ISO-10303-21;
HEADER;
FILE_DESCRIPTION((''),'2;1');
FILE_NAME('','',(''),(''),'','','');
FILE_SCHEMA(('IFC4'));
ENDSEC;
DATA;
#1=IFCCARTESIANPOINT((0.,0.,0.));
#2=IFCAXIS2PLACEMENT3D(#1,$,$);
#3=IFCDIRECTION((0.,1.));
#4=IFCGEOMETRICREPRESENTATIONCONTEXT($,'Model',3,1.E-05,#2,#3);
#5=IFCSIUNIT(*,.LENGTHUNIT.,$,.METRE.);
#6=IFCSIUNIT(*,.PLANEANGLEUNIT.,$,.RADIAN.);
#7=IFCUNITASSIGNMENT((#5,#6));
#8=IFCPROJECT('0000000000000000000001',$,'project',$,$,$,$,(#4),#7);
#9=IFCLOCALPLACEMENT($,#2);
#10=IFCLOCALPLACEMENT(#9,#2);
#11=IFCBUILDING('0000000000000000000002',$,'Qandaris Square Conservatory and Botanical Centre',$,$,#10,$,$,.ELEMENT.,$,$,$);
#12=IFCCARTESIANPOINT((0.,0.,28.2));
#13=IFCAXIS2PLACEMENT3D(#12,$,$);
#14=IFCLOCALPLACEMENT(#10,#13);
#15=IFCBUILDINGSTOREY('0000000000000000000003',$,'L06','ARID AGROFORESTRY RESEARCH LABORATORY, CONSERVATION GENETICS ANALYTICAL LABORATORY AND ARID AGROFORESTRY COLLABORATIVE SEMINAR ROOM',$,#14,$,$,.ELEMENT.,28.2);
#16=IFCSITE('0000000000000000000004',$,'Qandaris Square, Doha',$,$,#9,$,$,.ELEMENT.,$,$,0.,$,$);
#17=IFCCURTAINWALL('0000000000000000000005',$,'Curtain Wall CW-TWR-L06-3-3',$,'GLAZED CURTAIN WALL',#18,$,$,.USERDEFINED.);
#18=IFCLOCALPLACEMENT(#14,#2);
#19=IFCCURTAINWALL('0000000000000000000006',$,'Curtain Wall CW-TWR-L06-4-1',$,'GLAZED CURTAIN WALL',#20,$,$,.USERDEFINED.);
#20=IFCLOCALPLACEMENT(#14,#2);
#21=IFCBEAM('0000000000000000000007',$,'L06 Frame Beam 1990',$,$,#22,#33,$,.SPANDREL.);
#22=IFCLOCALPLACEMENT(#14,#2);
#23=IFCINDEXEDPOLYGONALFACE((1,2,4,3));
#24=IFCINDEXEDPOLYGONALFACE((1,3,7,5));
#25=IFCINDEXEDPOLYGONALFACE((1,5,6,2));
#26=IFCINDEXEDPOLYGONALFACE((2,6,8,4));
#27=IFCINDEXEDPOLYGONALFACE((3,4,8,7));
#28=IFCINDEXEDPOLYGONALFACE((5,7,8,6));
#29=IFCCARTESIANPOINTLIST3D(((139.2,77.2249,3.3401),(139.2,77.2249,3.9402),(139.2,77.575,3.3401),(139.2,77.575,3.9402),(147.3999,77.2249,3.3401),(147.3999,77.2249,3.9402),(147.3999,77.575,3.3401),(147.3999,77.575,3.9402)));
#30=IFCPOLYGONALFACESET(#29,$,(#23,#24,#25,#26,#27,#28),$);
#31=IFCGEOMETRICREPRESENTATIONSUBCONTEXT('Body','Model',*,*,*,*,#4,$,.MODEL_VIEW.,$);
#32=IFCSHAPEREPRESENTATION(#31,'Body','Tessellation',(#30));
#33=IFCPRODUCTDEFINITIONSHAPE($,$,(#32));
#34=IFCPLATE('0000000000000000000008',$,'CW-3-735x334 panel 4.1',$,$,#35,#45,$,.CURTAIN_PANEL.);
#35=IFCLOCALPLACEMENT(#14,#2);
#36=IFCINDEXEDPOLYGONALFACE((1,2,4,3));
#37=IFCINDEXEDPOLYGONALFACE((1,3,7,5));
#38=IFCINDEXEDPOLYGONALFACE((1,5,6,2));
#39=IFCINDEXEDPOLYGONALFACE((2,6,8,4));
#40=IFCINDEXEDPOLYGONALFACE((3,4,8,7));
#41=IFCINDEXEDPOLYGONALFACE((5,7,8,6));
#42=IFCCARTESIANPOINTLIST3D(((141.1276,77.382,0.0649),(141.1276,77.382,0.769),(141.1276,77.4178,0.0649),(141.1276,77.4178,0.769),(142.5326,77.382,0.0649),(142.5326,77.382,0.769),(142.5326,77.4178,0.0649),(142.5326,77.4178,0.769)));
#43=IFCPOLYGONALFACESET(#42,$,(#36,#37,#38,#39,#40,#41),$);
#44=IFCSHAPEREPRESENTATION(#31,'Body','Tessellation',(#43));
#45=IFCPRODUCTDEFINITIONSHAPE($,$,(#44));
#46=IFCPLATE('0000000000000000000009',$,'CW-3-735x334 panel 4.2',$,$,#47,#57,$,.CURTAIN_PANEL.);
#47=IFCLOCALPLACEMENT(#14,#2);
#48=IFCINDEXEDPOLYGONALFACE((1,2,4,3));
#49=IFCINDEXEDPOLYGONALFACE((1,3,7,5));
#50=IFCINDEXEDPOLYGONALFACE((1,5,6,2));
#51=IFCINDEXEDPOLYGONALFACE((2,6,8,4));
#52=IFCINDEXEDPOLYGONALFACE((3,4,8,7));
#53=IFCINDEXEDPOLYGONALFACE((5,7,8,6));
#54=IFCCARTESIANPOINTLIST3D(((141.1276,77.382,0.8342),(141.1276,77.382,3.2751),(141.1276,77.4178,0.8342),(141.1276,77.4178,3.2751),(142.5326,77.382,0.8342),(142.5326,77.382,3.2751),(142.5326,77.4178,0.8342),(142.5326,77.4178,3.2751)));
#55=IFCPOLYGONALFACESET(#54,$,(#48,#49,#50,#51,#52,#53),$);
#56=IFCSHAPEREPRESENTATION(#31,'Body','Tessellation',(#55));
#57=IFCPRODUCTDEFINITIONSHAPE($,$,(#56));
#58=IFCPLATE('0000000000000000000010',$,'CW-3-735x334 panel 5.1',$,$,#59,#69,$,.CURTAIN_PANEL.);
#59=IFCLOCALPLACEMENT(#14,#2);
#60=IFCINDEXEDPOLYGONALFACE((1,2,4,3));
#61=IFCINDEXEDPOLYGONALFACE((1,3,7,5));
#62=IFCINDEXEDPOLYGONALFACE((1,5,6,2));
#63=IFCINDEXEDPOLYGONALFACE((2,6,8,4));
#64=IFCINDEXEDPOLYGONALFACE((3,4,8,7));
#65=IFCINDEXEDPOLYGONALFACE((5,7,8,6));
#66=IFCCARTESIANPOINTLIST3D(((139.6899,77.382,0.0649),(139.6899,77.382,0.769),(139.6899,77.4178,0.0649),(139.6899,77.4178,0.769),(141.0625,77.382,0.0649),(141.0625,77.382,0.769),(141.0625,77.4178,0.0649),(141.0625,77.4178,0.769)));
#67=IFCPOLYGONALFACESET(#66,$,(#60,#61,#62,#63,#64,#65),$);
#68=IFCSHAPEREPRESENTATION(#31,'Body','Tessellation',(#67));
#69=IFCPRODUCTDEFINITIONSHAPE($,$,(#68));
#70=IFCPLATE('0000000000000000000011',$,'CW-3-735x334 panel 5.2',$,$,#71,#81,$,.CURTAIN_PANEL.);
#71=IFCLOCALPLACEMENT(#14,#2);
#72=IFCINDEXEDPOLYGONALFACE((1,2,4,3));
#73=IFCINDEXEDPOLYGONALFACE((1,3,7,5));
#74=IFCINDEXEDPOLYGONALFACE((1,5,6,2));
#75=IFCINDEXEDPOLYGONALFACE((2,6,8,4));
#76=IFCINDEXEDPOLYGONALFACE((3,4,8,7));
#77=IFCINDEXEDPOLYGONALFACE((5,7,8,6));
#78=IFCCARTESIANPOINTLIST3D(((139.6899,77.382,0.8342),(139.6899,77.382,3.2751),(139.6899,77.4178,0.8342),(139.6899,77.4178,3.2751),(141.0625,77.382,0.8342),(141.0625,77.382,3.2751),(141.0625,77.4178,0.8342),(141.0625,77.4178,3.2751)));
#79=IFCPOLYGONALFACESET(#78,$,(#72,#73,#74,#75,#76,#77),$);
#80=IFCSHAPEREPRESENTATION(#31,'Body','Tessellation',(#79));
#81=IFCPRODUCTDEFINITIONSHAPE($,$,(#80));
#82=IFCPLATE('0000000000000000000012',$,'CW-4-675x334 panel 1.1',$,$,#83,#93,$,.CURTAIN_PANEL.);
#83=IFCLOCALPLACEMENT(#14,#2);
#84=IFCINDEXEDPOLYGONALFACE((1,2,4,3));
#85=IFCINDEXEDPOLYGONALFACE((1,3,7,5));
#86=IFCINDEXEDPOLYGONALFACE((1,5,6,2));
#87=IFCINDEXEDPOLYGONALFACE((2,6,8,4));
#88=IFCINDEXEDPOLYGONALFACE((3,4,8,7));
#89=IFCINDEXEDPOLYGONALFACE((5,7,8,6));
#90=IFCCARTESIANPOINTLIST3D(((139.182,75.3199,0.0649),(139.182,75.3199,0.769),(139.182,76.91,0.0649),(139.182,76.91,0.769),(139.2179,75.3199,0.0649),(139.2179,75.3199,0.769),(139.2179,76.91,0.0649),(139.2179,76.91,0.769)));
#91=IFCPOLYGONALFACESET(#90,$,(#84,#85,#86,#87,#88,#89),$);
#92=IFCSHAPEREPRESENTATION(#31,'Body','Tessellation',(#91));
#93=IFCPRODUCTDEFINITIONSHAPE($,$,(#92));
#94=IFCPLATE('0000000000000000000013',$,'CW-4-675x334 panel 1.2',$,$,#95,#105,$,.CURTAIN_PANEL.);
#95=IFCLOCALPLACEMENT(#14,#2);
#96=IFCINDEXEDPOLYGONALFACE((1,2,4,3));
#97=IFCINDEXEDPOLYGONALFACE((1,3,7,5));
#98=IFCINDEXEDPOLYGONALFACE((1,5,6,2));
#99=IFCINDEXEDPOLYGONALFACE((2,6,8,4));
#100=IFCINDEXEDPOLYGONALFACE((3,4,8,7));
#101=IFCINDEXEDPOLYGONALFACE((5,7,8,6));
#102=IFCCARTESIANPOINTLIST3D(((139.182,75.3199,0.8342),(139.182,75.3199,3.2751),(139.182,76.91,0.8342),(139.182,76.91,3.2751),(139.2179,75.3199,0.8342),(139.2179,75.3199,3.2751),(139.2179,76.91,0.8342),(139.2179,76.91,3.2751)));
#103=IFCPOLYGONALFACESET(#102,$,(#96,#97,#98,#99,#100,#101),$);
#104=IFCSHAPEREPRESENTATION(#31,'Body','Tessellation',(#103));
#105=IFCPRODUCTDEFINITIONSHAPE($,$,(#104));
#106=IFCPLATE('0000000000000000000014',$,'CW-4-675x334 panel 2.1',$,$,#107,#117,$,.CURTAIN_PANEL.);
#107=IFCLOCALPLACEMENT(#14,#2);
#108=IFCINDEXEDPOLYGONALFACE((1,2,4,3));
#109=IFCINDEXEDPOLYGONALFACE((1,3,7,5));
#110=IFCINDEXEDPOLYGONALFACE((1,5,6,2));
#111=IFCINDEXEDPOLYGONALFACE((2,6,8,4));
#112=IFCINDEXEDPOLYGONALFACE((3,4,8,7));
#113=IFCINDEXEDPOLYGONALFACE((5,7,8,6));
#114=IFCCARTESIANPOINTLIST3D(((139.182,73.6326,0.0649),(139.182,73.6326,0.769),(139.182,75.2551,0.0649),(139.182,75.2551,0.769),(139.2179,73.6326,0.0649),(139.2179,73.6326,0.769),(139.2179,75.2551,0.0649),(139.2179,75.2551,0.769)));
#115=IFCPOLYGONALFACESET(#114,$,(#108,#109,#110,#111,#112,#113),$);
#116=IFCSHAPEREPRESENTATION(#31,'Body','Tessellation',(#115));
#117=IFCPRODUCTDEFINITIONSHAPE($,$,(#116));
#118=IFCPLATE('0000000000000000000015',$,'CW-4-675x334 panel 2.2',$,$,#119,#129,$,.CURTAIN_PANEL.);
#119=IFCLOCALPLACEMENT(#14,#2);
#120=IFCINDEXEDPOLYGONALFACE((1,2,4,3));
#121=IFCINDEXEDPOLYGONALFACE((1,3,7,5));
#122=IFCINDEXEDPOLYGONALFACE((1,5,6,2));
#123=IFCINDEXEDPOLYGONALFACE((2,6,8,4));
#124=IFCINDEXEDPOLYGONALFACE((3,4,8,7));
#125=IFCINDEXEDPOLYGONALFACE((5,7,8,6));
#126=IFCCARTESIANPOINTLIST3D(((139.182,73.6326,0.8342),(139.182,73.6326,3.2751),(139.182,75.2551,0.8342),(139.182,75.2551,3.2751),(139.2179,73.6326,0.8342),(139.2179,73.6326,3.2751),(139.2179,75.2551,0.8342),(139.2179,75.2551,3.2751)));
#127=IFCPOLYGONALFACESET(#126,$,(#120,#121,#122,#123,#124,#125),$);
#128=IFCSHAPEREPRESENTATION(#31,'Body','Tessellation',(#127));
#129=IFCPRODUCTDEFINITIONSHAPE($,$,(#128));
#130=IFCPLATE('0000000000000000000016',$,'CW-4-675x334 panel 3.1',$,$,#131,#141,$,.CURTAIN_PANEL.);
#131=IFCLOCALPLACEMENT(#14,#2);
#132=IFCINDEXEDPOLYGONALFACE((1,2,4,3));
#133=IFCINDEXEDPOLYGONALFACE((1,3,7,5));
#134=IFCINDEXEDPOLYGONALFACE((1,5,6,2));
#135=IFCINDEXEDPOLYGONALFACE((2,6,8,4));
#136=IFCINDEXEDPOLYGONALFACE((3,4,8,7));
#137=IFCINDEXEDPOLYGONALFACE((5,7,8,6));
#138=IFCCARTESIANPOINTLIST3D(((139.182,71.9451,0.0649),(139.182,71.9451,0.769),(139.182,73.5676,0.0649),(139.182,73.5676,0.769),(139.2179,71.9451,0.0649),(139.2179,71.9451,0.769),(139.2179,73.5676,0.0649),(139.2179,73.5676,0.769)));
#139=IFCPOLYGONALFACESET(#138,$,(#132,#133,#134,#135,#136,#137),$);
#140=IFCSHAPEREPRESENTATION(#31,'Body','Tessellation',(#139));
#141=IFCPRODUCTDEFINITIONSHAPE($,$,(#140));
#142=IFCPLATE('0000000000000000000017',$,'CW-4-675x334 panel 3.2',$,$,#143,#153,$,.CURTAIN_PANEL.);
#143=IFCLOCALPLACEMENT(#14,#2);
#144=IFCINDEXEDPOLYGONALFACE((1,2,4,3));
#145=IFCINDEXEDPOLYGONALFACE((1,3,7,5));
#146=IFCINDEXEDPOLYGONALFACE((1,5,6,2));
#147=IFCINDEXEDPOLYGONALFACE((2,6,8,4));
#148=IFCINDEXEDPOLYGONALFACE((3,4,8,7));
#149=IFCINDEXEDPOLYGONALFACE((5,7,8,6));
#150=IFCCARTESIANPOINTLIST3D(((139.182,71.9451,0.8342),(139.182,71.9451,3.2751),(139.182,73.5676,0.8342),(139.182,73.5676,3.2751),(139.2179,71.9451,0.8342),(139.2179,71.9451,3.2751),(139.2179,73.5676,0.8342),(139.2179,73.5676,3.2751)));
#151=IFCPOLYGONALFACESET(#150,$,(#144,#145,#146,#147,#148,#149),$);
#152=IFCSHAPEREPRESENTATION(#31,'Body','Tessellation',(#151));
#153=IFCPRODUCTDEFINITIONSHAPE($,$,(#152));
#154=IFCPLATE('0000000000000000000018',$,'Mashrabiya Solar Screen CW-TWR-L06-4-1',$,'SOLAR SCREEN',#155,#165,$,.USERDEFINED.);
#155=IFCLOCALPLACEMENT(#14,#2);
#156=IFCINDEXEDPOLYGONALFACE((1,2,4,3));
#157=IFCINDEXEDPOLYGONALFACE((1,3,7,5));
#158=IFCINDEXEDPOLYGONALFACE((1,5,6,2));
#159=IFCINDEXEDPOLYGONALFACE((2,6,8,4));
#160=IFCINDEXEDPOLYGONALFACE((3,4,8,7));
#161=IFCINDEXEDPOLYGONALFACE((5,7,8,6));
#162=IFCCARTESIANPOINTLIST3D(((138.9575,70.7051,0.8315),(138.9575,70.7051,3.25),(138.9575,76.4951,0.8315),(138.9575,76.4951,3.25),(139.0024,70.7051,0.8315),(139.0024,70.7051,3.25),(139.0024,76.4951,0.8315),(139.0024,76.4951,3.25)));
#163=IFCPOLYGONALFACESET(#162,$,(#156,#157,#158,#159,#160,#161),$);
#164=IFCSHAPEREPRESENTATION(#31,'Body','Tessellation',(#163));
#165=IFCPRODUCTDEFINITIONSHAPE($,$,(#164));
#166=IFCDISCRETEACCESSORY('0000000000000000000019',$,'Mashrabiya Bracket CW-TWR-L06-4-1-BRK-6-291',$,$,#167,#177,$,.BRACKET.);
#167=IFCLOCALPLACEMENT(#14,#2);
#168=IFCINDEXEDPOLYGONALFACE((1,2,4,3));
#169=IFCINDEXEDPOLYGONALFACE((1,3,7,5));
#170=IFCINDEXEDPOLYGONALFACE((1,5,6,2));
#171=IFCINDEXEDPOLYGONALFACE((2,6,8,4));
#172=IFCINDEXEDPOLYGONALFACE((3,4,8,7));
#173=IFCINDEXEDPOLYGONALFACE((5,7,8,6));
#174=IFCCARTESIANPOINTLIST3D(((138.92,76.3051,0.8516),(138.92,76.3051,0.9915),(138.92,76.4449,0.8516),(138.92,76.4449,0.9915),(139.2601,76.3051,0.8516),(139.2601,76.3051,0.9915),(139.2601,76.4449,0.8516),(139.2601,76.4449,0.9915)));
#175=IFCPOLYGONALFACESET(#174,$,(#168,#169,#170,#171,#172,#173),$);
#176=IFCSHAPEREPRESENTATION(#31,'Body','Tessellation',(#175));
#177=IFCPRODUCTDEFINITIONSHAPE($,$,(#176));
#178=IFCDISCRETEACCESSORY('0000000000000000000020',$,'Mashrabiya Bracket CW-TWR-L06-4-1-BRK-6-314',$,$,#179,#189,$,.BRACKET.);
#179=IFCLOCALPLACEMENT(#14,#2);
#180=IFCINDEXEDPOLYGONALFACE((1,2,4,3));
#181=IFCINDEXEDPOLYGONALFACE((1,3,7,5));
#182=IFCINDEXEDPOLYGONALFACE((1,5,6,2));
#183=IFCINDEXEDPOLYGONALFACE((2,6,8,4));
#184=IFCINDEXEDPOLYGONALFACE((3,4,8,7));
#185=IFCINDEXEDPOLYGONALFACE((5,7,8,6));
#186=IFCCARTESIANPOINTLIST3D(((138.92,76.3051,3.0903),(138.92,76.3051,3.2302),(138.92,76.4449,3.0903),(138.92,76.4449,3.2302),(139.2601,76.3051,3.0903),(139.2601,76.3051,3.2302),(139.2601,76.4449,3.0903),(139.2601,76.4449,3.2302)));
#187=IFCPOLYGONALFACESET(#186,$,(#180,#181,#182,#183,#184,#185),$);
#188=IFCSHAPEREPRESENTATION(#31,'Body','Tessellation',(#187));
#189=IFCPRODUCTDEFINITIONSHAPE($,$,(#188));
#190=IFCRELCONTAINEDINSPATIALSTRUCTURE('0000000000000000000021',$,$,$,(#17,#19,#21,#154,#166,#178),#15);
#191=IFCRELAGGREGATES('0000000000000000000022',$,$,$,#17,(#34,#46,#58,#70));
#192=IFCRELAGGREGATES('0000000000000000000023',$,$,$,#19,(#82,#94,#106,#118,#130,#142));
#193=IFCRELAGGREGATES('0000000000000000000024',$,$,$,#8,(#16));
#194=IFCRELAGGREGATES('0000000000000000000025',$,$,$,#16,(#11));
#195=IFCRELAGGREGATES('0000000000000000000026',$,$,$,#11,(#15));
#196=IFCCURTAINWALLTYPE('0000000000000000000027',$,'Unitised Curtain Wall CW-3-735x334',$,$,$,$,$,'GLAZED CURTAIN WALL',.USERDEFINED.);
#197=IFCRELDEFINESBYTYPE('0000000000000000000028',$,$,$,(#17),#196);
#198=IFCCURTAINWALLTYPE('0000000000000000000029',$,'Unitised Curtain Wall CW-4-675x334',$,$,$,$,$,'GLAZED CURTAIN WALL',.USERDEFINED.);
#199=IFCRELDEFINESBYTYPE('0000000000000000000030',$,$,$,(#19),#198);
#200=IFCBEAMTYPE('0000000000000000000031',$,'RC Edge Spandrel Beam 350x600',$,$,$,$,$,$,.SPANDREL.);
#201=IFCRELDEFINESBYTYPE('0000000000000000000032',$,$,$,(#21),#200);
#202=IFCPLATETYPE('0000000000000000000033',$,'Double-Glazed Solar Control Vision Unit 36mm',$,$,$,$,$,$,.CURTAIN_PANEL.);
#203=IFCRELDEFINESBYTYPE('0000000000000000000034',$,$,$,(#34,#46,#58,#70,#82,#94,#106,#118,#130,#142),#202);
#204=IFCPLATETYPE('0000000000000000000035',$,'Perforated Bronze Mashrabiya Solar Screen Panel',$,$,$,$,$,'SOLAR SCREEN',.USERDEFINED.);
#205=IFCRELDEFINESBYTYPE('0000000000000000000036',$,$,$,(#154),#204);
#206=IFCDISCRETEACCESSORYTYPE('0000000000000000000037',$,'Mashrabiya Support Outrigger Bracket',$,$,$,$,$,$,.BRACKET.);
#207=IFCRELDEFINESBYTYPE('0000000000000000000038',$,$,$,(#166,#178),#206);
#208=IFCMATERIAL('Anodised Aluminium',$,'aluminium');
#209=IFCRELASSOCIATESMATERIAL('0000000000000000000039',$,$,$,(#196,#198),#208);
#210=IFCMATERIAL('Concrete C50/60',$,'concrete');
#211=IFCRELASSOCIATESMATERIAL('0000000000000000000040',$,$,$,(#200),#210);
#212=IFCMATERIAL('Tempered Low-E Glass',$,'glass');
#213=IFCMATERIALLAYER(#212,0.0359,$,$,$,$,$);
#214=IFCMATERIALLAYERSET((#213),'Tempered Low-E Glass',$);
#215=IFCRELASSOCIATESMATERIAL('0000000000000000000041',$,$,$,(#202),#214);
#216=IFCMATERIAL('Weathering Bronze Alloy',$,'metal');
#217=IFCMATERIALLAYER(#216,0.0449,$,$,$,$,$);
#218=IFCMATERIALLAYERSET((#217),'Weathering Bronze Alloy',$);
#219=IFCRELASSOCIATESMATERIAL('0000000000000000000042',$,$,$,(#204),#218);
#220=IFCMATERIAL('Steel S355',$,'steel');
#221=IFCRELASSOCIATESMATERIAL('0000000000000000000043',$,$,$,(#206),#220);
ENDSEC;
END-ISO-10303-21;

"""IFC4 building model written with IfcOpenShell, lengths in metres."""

from ifc_helpers import new_model, si_unit, direction, frame, origin, origin_2d, place, context, subcontext, project, spatial, rectangle, extrude, material, layer, layer_set, material_profile, profile_set, type_object, element, aggregate, save


model = new_model("IFC4")

# Units and contexts
model_context = context("Model", 3, precision=1e-05, world=origin(), true_north=direction((0.0, 1.0)))
body_context = subcontext(model_context, "Body", "Model", "MODEL_VIEW")
ifc_project = project(units=[si_unit("LENGTHUNIT", "METRE"), si_unit("PLANEANGLEUNIT", "RADIAN")], contexts=[model_context])

# Site, building, storey
site_placement = place(None, origin())
site = spatial("IfcSite", under=ifc_project, at=site_placement, Name="Qandaris Square, Doha", CompositionType="ELEMENT", RefElevation=0.0)
building_placement = place(site_placement, origin())
building = spatial("IfcBuilding", under=site, at=building_placement, Name="Qandaris Square Conservatory and Botanical Centre", CompositionType="ELEMENT")
storey_placement = place(building_placement, frame((0.0, 0.0, 28.2)))
storey = spatial("IfcBuildingStorey", under=building, at=storey_placement, Name="L06", Description="ARID AGROFORESTRY RESEARCH LABORATORY, CONSERVATION GENETICS ANALYTICAL LABORATORY AND ARID AGROFORESTRY COLLABORATIVE SEMINAR ROOM", CompositionType="ELEMENT", Elevation=28.2)

# Shared definitions
ifc_material_1 = material(Name="Concrete C50/60", Category="concrete")

# Shared definitions
ifc_material_2 = material(Name="Steel S355", Category="steel")

# Curtain walls
ifc_material_3 = material(Name="Anodised Aluminium", Category="aluminium")
curtain_wall_type_1 = type_object("IfcCurtainWallType", Name="Unitised Curtain Wall CW-3-735x334", ElementType="GLAZED CURTAIN WALL", PredefinedType="USERDEFINED", material=ifc_material_3)
curtain_wall_1_placement = place(storey_placement, origin())
curtain_wall_1 = element("IfcCurtainWall", 1, at=curtain_wall_1_placement, inside=storey, type_object=curtain_wall_type_1, Name="Curtain Wall CW-TWR-L06-3-3", ObjectType="GLAZED CURTAIN WALL", PredefinedType="USERDEFINED")
curtain_wall_type_2 = type_object("IfcCurtainWallType", Name="Unitised Curtain Wall CW-4-675x334", ElementType="GLAZED CURTAIN WALL", PredefinedType="USERDEFINED", material=ifc_material_3)
curtain_wall_2_placement = place(storey_placement, origin())
curtain_wall_2 = element("IfcCurtainWall", 2, at=curtain_wall_2_placement, inside=storey, type_object=curtain_wall_type_2, Name="Curtain Wall CW-TWR-L06-4-1", ObjectType="GLAZED CURTAIN WALL", PredefinedType="USERDEFINED")

# Beam
ifc_material_profile_1 = material_profile(ifc_material_1, rectangle(XDim=0.3501, YDim=0.6001, at=origin_2d()), Name="RC-SP 350x600")
ifc_profile_set_1 = profile_set([ifc_material_profile_1], Name="Concrete C50/60")
beam_type_1 = type_object("IfcBeamType", Name="RC Edge Spandrel Beam 350x600", PredefinedType="SPANDREL", material=ifc_profile_set_1)
beam_1_placement = place(storey_placement, frame((139.2, 77.3999, 3.6401), z_axis=(1.0, 0.0, 0.0), x_axis=(0.0, 1.0, 0.0)))
element("IfcBeam", 3, at=beam_1_placement, inside=storey, type_object=beam_type_1, Name="L06 Frame Beam 1990", PredefinedType="SPANDREL", context=body_context, shape_type="SweptSolid", body=[
    extrude(rectangle(XDim=0.3501, YDim=0.6001, at=origin_2d()), origin(), (0.0, 0.0, 1.0), 8.2),
])

# Plates
ifc_material_4 = material(Name="Tempered Low-E Glass", Category="glass")
ifc_layer_1 = layer(ifc_material_4, 0.0359)
ifc_layer_set_1 = layer_set([ifc_layer_1], Name="Tempered Low-E Glass")
plate_type_1 = type_object("IfcPlateType", Name="Double-Glazed Solar Control Vision Unit 36mm", PredefinedType="CURTAIN_PANEL", material=ifc_layer_set_1)
plate_1_placement = place(storey_placement, frame((141.8301, 77.3999, 0.0649), z_axis=(0.0, 0.0, 1.0), x_axis=(-1.0, 0.0, 0.0)))
plate_1 = element("IfcPlate", 4, at=plate_1_placement, type_object=plate_type_1, Name="CW-3-735x334 panel 4.1", PredefinedType="CURTAIN_PANEL", context=body_context, shape_type="SweptSolid", body=[
    extrude(rectangle(XDim=1.405, YDim=0.0359, at=origin_2d()), origin(), (0.0, 0.0, 1.0), 0.7041),
])
plate_2_placement = place(storey_placement, frame((141.8301, 77.3999, 0.8342), z_axis=(0.0, 0.0, 1.0), x_axis=(-1.0, 0.0, 0.0)))
plate_2 = element("IfcPlate", 5, at=plate_2_placement, type_object=plate_type_1, Name="CW-3-735x334 panel 4.2", PredefinedType="CURTAIN_PANEL", context=body_context, shape_type="SweptSolid", body=[
    extrude(rectangle(XDim=1.405, YDim=0.0359, at=origin_2d()), origin(), (0.0, 0.0, 1.0), 2.4409),
])
plate_3_placement = place(storey_placement, frame((140.3762, 77.3999, 0.0649), z_axis=(0.0, 0.0, 1.0), x_axis=(-1.0, 0.0, 0.0)))
plate_3 = element("IfcPlate", 6, at=plate_3_placement, type_object=plate_type_1, Name="CW-3-735x334 panel 5.1", PredefinedType="CURTAIN_PANEL", context=body_context, shape_type="SweptSolid", body=[
    extrude(rectangle(XDim=1.3726, YDim=0.0359, at=origin_2d()), origin(), (0.0, 0.0, 1.0), 0.7041),
])
plate_4_placement = place(storey_placement, frame((140.3762, 77.3999, 0.8342), z_axis=(0.0, 0.0, 1.0), x_axis=(-1.0, 0.0, 0.0)))
plate_4 = element("IfcPlate", 7, at=plate_4_placement, type_object=plate_type_1, Name="CW-3-735x334 panel 5.2", PredefinedType="CURTAIN_PANEL", context=body_context, shape_type="SweptSolid", body=[
    extrude(rectangle(XDim=1.3726, YDim=0.0359, at=origin_2d()), origin(), (0.0, 0.0, 1.0), 2.4409),
])
aggregate(curtain_wall_1, [plate_1, plate_2, plate_3, plate_4])
plate_5_placement = place(storey_placement, frame((139.2, 76.115, 0.0649), z_axis=(0.0, 0.0, 1.0), x_axis=(0.0, -1.0, 0.0)))
plate_5 = element("IfcPlate", 8, at=plate_5_placement, type_object=plate_type_1, Name="CW-4-675x334 panel 1.1", PredefinedType="CURTAIN_PANEL", context=body_context, shape_type="SweptSolid", body=[
    extrude(rectangle(XDim=1.5901, YDim=0.0359, at=origin_2d()), origin(), (0.0, 0.0, 1.0), 0.7041),
])
plate_6_placement = place(storey_placement, frame((139.2, 76.115, 0.8342), z_axis=(0.0, 0.0, 1.0), x_axis=(0.0, -1.0, 0.0)))
plate_6 = element("IfcPlate", 9, at=plate_6_placement, type_object=plate_type_1, Name="CW-4-675x334 panel 1.2", PredefinedType="CURTAIN_PANEL", context=body_context, shape_type="SweptSolid", body=[
    extrude(rectangle(XDim=1.5901, YDim=0.0359, at=origin_2d()), origin(), (0.0, 0.0, 1.0), 2.4409),
])
plate_7_placement = place(storey_placement, frame((139.2, 74.4438, 0.0649), z_axis=(0.0, 0.0, 1.0), x_axis=(0.0, -1.0, 0.0)))
plate_7 = element("IfcPlate", 10, at=plate_7_placement, type_object=plate_type_1, Name="CW-4-675x334 panel 2.1", PredefinedType="CURTAIN_PANEL", context=body_context, shape_type="SweptSolid", body=[
    extrude(rectangle(XDim=1.6226, YDim=0.0359, at=origin_2d()), origin(), (0.0, 0.0, 1.0), 0.7041),
])
plate_8_placement = place(storey_placement, frame((139.2, 74.4438, 0.8342), z_axis=(0.0, 0.0, 1.0), x_axis=(0.0, -1.0, 0.0)))
plate_8 = element("IfcPlate", 11, at=plate_8_placement, type_object=plate_type_1, Name="CW-4-675x334 panel 2.2", PredefinedType="CURTAIN_PANEL", context=body_context, shape_type="SweptSolid", body=[
    extrude(rectangle(XDim=1.6226, YDim=0.0359, at=origin_2d()), origin(), (0.0, 0.0, 1.0), 2.4409),
])
plate_9_placement = place(storey_placement, frame((139.2, 72.7563, 0.0649), z_axis=(0.0, 0.0, 1.0), x_axis=(0.0, -1.0, 0.0)))
plate_9 = element("IfcPlate", 12, at=plate_9_placement, type_object=plate_type_1, Name="CW-4-675x334 panel 3.1", PredefinedType="CURTAIN_PANEL", context=body_context, shape_type="SweptSolid", body=[
    extrude(rectangle(XDim=1.6226, YDim=0.0359, at=origin_2d()), origin(), (0.0, 0.0, 1.0), 0.7041),
])
plate_10_placement = place(storey_placement, frame((139.2, 72.7563, 0.8342), z_axis=(0.0, 0.0, 1.0), x_axis=(0.0, -1.0, 0.0)))
plate_10 = element("IfcPlate", 13, at=plate_10_placement, type_object=plate_type_1, Name="CW-4-675x334 panel 3.2", PredefinedType="CURTAIN_PANEL", context=body_context, shape_type="SweptSolid", body=[
    extrude(rectangle(XDim=1.6226, YDim=0.0359, at=origin_2d()), origin(), (0.0, 0.0, 1.0), 2.4409),
])
aggregate(curtain_wall_2, [plate_5, plate_6, plate_7, plate_8, plate_9, plate_10])
ifc_material_5 = material(Name="Weathering Bronze Alloy", Category="metal")
ifc_layer_2 = layer(ifc_material_5, 0.0449)
ifc_layer_set_2 = layer_set([ifc_layer_2], Name="Weathering Bronze Alloy")
plate_type_2 = type_object("IfcPlateType", Name="Perforated Bronze Mashrabiya Solar Screen Panel", ElementType="SOLAR SCREEN", PredefinedType="USERDEFINED", material=ifc_layer_set_2)
plate_11_placement = place(storey_placement, frame((138.98, 73.6001, 0.8315), z_axis=(0.0, 0.0, 1.0), x_axis=(0.0, -1.0, 0.0)))
element("IfcPlate", 14, at=plate_11_placement, inside=storey, type_object=plate_type_2, Name="Mashrabiya Solar Screen CW-TWR-L06-4-1", ObjectType="SOLAR SCREEN", PredefinedType="USERDEFINED", context=body_context, shape_type="SweptSolid", body=[
    extrude(rectangle(XDim=5.79, YDim=0.0449, at=origin_2d()), origin(), (0.0, 0.0, 1.0), 2.4185),
])

# Discrete accessories
discrete_accessory_type = type_object("IfcDiscreteAccessoryType", Name="Mashrabiya Support Outrigger Bracket", PredefinedType="BRACKET", material=ifc_material_2)
for number, where, z_axis, x_axis, name in (
    (15, (139.0901, 76.375, 0.8516), (0.0, 0.0, 1.0), (0.0, -1.0, 0.0), "Mashrabiya Bracket CW-TWR-L06-4-1-BRK-6-291"),
    (16, (139.0901, 76.375, 3.0903), (0.0, 0.0, 1.0), (0.0, -1.0, 0.0), "Mashrabiya Bracket CW-TWR-L06-4-1-BRK-6-314"),
):
    element("IfcDiscreteAccessory", number, at=place(storey_placement, frame(where, z_axis=z_axis, x_axis=x_axis)), inside=storey, type_object=discrete_accessory_type, Name=name, PredefinedType="BRACKET", context=body_context, shape_type="SweptSolid", body=[
        extrude(rectangle(XDim=0.1399, YDim=0.3401, at=origin_2d()), origin(), (0.0, 0.0, 1.0), 0.1399),
    ])

save(model, "model.ifc")
